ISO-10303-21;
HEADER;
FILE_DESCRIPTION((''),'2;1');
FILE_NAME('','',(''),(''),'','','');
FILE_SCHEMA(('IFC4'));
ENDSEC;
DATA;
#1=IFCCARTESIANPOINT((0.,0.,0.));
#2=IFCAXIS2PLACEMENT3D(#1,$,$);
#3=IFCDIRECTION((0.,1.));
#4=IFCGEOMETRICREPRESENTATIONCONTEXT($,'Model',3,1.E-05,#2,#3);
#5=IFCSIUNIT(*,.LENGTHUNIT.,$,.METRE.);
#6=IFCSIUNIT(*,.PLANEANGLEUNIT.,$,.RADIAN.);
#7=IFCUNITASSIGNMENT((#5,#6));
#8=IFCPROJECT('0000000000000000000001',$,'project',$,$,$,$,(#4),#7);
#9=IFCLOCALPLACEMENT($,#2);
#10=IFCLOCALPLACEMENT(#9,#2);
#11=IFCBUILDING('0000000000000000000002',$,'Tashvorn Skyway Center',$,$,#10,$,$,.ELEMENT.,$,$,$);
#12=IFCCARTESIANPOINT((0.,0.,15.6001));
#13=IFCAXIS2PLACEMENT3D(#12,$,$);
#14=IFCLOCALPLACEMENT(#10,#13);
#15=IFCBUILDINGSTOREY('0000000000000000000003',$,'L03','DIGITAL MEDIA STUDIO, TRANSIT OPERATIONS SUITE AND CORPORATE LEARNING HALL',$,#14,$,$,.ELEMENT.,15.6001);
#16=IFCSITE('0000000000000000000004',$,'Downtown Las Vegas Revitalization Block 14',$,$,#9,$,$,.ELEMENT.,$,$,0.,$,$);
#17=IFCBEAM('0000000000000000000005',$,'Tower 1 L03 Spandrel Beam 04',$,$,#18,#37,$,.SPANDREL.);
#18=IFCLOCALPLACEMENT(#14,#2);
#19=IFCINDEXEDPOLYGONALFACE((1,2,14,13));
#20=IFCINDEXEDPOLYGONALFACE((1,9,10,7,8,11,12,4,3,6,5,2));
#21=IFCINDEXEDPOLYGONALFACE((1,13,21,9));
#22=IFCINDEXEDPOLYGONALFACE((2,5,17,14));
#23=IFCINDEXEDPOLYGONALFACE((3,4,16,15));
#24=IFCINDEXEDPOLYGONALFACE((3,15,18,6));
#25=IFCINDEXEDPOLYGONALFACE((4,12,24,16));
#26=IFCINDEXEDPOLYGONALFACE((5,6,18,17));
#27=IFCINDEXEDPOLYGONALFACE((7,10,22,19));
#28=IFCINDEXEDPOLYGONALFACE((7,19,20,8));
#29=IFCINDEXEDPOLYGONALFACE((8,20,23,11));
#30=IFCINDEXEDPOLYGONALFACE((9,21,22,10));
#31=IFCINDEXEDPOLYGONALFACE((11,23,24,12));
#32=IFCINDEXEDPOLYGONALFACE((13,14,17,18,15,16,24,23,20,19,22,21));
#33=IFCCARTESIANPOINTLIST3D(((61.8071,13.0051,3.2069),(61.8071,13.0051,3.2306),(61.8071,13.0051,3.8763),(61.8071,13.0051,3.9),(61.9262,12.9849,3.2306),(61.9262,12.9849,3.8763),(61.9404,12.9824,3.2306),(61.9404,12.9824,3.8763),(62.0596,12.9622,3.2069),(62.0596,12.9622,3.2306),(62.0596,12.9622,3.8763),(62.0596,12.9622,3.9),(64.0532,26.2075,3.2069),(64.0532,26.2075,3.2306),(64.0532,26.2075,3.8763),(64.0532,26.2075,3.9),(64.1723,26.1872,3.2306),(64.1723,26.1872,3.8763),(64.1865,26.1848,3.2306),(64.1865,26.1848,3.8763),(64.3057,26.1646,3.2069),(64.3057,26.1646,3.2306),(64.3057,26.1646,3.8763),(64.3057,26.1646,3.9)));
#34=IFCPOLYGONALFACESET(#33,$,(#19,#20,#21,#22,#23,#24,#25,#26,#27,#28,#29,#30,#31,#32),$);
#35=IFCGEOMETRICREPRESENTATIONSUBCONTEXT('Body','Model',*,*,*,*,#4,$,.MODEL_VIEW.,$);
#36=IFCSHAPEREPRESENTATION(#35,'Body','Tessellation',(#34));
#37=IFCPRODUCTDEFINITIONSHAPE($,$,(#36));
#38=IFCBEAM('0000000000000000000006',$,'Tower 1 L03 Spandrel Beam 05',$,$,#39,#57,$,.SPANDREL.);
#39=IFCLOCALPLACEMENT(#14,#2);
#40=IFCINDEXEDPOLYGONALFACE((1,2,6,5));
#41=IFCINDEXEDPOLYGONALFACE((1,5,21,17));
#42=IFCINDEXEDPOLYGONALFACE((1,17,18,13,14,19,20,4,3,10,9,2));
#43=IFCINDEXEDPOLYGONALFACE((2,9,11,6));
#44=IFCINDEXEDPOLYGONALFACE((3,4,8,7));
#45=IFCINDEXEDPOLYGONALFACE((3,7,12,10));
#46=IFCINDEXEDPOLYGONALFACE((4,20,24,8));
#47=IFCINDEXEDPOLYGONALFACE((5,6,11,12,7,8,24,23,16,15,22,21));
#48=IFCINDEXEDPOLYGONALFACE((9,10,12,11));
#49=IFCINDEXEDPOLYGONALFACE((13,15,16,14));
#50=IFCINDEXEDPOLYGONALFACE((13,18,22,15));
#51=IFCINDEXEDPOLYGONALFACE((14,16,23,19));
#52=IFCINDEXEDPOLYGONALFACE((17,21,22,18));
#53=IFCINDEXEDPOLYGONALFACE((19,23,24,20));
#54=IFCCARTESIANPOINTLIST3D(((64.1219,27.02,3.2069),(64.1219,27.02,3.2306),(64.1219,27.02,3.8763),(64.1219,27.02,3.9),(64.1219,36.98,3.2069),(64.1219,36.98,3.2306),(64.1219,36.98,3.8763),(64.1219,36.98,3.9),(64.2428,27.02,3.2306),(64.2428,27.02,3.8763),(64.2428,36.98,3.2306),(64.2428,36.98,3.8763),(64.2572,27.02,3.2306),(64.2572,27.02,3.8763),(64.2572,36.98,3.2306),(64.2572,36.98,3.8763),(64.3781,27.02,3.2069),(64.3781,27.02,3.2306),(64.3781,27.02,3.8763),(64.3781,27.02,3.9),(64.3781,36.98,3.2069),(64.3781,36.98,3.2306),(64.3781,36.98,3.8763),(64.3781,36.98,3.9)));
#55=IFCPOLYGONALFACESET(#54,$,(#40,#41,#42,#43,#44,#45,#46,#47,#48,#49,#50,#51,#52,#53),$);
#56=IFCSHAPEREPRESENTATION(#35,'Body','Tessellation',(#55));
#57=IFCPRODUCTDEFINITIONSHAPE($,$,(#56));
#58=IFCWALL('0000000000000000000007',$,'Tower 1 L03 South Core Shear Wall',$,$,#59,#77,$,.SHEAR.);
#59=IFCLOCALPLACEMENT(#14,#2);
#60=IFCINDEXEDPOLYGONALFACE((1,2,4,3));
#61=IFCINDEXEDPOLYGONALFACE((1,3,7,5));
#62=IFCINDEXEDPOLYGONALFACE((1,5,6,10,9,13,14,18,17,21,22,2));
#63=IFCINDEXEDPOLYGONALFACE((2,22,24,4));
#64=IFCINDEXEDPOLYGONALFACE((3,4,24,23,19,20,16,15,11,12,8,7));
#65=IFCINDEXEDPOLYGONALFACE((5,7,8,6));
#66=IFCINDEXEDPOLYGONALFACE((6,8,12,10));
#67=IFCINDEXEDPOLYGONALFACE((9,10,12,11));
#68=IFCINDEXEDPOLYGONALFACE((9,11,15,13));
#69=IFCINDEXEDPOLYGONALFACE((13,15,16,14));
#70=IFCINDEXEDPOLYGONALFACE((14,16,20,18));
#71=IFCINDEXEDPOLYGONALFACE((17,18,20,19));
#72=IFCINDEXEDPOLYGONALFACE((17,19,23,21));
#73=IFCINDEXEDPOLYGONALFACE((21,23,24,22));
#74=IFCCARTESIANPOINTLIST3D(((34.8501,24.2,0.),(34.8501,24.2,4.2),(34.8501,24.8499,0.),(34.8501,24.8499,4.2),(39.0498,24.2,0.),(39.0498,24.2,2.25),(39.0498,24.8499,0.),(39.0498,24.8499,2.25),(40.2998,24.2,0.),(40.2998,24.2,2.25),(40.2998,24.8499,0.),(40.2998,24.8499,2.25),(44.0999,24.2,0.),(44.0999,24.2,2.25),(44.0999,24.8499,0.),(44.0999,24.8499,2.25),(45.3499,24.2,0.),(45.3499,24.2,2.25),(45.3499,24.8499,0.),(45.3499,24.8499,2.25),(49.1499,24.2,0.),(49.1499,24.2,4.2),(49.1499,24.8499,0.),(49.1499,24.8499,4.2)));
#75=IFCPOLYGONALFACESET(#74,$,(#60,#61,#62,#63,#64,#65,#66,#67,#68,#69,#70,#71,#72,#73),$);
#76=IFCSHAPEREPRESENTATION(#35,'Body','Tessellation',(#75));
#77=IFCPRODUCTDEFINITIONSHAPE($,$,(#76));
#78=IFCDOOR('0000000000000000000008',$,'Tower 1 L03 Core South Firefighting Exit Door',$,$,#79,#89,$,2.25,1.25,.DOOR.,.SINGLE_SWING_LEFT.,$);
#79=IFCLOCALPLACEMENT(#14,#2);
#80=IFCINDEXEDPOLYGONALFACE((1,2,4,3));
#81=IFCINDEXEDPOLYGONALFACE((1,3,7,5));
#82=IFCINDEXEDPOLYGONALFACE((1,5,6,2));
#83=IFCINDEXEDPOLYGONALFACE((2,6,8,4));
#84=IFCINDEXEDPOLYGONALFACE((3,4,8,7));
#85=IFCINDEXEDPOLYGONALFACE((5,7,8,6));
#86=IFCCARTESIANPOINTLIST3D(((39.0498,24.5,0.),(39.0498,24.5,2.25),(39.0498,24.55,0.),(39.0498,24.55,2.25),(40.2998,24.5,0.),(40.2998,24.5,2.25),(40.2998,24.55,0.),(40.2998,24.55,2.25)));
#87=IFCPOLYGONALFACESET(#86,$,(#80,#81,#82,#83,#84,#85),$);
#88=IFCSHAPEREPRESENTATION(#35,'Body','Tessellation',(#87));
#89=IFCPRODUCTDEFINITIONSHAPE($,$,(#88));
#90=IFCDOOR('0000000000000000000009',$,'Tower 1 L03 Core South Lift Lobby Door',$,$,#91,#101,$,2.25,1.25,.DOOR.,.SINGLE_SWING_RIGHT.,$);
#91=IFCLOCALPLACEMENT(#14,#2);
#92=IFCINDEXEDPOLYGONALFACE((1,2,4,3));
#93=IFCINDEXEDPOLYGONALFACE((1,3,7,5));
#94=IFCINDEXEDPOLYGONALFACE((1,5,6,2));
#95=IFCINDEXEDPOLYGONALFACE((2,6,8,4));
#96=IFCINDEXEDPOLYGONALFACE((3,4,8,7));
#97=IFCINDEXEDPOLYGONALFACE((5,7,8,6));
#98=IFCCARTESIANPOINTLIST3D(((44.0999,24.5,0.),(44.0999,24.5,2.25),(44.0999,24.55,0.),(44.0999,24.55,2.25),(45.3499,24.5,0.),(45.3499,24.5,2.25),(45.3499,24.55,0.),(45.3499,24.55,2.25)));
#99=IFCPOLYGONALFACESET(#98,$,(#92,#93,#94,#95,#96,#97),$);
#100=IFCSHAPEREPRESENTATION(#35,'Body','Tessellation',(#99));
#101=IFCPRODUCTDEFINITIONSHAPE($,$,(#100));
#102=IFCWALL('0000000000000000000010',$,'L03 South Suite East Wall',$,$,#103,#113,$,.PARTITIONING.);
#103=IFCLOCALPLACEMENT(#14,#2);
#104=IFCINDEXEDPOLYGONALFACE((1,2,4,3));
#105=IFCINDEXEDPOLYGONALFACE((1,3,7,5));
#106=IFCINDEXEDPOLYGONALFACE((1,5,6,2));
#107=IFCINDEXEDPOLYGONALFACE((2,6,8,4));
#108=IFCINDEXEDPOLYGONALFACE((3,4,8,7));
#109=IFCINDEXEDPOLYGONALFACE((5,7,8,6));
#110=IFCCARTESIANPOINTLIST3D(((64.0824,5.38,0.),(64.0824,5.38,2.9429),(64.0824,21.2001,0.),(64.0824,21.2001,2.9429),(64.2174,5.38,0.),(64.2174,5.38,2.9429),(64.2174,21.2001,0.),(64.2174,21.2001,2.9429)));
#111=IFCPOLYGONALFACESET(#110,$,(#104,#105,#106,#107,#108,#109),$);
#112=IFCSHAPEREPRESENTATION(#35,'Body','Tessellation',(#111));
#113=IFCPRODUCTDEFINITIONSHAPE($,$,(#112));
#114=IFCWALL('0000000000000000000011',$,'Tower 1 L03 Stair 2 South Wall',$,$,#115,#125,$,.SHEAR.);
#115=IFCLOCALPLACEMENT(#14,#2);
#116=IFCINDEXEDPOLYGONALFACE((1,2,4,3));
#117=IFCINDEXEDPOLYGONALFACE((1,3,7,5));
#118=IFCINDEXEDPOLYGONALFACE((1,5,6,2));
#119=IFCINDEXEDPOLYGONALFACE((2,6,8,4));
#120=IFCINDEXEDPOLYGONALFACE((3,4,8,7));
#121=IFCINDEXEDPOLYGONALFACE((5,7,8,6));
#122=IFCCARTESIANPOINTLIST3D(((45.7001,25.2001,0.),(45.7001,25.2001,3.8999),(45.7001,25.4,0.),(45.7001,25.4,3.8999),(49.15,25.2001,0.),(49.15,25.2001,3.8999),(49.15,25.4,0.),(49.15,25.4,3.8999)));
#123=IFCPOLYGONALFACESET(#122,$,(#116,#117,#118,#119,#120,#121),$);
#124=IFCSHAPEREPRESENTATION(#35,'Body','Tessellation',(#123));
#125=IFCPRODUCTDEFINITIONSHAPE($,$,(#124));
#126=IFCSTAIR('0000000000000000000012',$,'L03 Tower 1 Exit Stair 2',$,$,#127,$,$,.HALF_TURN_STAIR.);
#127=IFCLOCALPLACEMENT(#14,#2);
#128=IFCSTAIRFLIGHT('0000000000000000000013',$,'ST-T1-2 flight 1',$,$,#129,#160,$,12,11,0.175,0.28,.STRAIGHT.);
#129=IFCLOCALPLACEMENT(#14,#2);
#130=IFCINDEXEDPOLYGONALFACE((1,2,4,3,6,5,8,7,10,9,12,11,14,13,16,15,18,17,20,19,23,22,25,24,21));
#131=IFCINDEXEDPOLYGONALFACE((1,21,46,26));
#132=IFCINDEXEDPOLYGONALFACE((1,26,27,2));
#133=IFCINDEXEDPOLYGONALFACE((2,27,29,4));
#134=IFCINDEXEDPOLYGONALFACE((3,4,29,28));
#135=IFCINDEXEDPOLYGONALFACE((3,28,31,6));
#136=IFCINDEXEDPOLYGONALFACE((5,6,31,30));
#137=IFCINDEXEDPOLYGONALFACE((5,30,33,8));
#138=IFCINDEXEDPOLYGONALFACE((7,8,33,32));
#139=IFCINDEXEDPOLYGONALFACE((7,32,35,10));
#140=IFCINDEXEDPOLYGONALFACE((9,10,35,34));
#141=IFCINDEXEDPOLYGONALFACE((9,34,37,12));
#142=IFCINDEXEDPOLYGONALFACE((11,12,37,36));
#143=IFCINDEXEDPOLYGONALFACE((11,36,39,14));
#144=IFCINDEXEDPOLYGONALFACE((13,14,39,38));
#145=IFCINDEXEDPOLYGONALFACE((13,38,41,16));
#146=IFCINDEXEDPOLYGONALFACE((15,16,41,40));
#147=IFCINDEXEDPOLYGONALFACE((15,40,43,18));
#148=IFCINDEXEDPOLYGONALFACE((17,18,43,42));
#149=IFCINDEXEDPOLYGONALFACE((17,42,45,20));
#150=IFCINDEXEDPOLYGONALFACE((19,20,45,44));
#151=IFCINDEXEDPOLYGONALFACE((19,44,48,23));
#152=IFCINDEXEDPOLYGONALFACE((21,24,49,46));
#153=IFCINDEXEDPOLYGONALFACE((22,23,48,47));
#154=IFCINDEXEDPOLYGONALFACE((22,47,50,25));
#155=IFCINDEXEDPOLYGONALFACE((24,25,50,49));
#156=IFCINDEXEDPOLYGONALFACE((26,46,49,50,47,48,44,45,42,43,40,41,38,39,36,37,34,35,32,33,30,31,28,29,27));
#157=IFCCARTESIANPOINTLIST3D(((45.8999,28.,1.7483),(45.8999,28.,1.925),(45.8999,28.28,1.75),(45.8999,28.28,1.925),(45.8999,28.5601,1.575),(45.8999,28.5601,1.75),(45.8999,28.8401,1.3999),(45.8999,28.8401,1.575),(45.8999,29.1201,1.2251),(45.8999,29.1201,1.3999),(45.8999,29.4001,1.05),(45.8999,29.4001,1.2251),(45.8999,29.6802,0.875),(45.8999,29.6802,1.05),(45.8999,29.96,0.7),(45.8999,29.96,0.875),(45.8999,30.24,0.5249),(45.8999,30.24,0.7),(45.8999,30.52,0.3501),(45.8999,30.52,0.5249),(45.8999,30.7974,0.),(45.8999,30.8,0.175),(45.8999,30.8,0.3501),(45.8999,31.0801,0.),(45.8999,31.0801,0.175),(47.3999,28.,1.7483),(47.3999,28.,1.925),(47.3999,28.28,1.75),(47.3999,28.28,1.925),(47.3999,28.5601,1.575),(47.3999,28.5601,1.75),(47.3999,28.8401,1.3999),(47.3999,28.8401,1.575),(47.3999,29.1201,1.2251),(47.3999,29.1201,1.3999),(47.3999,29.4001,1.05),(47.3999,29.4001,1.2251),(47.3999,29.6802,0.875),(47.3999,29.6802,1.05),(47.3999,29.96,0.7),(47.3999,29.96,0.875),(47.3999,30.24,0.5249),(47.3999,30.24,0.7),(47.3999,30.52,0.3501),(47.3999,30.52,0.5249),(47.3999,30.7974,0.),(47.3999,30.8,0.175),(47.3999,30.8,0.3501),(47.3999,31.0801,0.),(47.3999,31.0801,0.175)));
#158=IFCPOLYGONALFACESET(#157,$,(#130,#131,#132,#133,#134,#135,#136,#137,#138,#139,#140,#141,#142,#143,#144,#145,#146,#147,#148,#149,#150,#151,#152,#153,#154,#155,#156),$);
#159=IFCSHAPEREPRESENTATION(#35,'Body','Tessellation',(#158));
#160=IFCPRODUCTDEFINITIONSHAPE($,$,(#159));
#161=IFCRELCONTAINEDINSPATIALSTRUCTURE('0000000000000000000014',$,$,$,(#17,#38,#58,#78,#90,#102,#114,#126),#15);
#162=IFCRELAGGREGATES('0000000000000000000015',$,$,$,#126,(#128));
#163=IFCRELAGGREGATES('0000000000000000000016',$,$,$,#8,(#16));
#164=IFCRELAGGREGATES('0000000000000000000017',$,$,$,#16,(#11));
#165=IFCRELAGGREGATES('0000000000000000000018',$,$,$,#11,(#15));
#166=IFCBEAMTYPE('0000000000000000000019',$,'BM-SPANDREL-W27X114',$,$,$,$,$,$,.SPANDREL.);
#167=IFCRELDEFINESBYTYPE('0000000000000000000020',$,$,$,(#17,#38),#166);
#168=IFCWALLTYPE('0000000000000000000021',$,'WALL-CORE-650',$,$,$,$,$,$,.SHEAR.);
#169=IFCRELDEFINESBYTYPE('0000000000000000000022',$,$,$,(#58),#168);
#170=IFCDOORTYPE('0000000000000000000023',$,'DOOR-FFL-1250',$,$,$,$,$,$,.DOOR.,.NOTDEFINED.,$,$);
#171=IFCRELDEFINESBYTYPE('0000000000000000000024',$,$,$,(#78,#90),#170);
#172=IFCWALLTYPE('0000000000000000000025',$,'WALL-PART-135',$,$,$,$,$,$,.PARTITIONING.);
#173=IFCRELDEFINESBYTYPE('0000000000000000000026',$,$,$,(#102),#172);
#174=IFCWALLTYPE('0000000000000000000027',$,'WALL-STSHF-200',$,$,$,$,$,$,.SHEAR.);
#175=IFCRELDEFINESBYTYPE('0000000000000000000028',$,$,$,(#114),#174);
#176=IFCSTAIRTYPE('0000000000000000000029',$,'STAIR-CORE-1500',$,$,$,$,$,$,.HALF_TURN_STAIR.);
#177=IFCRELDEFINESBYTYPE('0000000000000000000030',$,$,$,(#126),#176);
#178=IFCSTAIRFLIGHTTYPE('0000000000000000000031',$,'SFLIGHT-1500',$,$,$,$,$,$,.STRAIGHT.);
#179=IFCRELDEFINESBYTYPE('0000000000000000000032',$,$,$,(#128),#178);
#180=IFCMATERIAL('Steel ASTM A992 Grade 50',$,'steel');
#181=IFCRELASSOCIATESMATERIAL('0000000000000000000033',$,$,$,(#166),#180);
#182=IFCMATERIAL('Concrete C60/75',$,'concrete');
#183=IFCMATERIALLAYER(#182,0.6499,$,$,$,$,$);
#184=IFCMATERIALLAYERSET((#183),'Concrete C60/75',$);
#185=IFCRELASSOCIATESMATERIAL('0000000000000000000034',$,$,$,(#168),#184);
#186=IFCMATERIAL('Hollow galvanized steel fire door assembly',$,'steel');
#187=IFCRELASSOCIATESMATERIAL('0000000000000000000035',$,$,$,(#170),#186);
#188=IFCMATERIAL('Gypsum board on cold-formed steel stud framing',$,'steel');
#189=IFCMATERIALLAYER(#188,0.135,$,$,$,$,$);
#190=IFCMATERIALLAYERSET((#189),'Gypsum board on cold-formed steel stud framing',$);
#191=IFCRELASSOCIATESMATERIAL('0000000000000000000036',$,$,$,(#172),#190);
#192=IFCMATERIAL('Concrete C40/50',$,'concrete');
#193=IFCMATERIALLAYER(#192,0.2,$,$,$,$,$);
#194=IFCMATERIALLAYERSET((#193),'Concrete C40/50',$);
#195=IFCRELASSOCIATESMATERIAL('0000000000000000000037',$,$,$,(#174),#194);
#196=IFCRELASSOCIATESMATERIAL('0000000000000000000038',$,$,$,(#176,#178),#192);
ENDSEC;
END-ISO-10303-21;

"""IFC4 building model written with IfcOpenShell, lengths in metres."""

from ifc_helpers import new_model, si_unit, direction, frame, frame_2d, origin, origin_2d, place, context, subcontext, project, spatial, polyline, rectangle, i_section, outline, extrude, material, layer, layer_set, material_profile, profile_set, type_object, element, fill, aggregate, save


model = new_model("IFC4")

# Units and contexts
model_context = context("Model", 3, precision=1e-05, world=origin(), true_north=direction((0.0, 1.0)))
body_context = subcontext(model_context, "Body", "Model", "MODEL_VIEW")
ifc_project = project(units=[si_unit("LENGTHUNIT", "METRE"), si_unit("PLANEANGLEUNIT", "RADIAN")], contexts=[model_context])

# Site, building, storey
site_placement = place(None, origin())
site = spatial("IfcSite", under=ifc_project, at=site_placement, Name="Downtown Las Vegas Revitalization Block 14", CompositionType="ELEMENT", RefElevation=0.0)
building_placement = place(site_placement, origin())
building = spatial("IfcBuilding", under=site, at=building_placement, Name="Tashvorn Skyway Center", CompositionType="ELEMENT")
storey_placement = place(building_placement, frame((0.0, 0.0, 15.6001)))
storey = spatial("IfcBuildingStorey", under=building, at=storey_placement, Name="L03", Description="DIGITAL MEDIA STUDIO, TRANSIT OPERATIONS SUITE AND CORPORATE LEARNING HALL", CompositionType="ELEMENT", Elevation=15.6001)

# Beams
ifc_material_1 = material(Name="Steel ASTM A992 Grade 50", Category="steel")
ifc_material_profile_1 = material_profile(ifc_material_1, i_section(OverallWidth=0.2561, OverallDepth=0.6931, WebThickness=0.0144, FlangeThickness=0.0237, at=origin_2d()), Name="W27X114")
ifc_profile_set_1 = profile_set([ifc_material_profile_1], Name="Steel ASTM A992 Grade 50")
beam_type_1 = type_object("IfcBeamType", Name="BM-SPANDREL-W27X114", PredefinedType="SPANDREL", material=ifc_profile_set_1)
for number, where, z_axis, x_axis, name in (
    (1, (61.9333, 12.9836, 3.5535), (0.167718, 0.985835, 0.0), (-0.985835, 0.167718, 0.0), "Tower 1 L03 Spandrel Beam 04"),
):
    element("IfcBeam", number, at=place(storey_placement, frame(where, z_axis=z_axis, x_axis=x_axis)), inside=storey, type_object=beam_type_1, Name=name, PredefinedType="SPANDREL", context=body_context, shape_type="SweptSolid", body=[
        extrude(i_section(OverallWidth=0.2561, OverallDepth=0.6931, WebThickness=0.0144, FlangeThickness=0.0237, at=origin_2d()), origin(), (0.0, 0.0, 1.0), 13.3921),
    ])
beam_1_placement = place(storey_placement, frame((64.25, 27.02, 3.5535), z_axis=(0.0, 1.0, 0.0), x_axis=(-1.0, 0.0, 0.0)))
element("IfcBeam", 2, at=beam_1_placement, inside=storey, type_object=beam_type_1, Name="Tower 1 L03 Spandrel Beam 05", PredefinedType="SPANDREL", context=body_context, shape_type="SweptSolid", body=[
    extrude(i_section(OverallWidth=0.2561, OverallDepth=0.6931, WebThickness=0.0144, FlangeThickness=0.0237, at=origin_2d()), origin(), (0.0, 0.0, 1.0), 9.96),
])

# Wall, openings, doors
ifc_material_2 = material(Name="Concrete C60/75", Category="concrete")
ifc_layer_1 = layer(ifc_material_2, 0.6499)
ifc_layer_set_1 = layer_set([ifc_layer_1], Name="Concrete C60/75")
wall_type_1 = type_object("IfcWallType", Name="WALL-CORE-650", PredefinedType="SHEAR", material=ifc_layer_set_1)
wall_1_placement = place(storey_placement, frame((49.1499, 24.5249, 0.0), z_axis=(0.0, 0.0, 1.0), x_axis=(-1.0, 0.0, 0.0)))
wall_1 = element("IfcWall", 3, at=wall_1_placement, inside=storey, type_object=wall_type_1, Name="Tower 1 L03 South Core Shear Wall", PredefinedType="SHEAR", context=body_context, shape_type="SweptSolid", body=[
    extrude(rectangle(XDim=14.2998, YDim=0.6499, at=frame_2d((7.1499, 0.0))), origin(), (0.0, 0.0, 1.0), 4.2),
])
opening_1_placement = place(wall_1_placement, frame((8.8501, 0.0, 0.0)))
opening_1 = element("IfcOpeningElement", 4, at=opening_1_placement, cuts=wall_1, PredefinedType="OPENING", context=body_context, shape_type="SweptSolid", body=[
    extrude(rectangle(XDim=1.25, YDim=2.25, at=frame_2d((0.625, 1.125))), frame((0.0, 0.335, 0.0), z_axis=(0.0, -1.0, 0.0), x_axis=(1.0, 0.0, 0.0)), (0.0, 0.0, 1.0), 0.6699),
])
opening_2_placement = place(wall_1_placement, frame((3.8, 0.0, 0.0)))
opening_2 = element("IfcOpeningElement", 5, at=opening_2_placement, cuts=wall_1, PredefinedType="OPENING", context=body_context, shape_type="SweptSolid", body=[
    extrude(rectangle(XDim=1.25, YDim=2.25, at=frame_2d((0.625, 1.125))), frame((0.0, 0.335, 0.0), z_axis=(0.0, -1.0, 0.0), x_axis=(1.0, 0.0, 0.0)), (0.0, 0.0, 1.0), 0.6699),
])
ifc_material_3 = material(Name="Hollow galvanized steel fire door assembly", Category="steel")
door_type = type_object("IfcDoorType", Name="DOOR-FFL-1250", OperationType="NOTDEFINED", PredefinedType="DOOR", material=ifc_material_3)
door_1_placement = place(opening_1_placement, origin())
door_1 = element("IfcDoor", 6, at=door_1_placement, inside=storey, type_object=door_type, Name="Tower 1 L03 Core South Firefighting Exit Door", OperationType="SINGLE_SWING_LEFT", OverallHeight=2.25, OverallWidth=1.25, PredefinedType="DOOR", context=body_context, shape_type="SweptSolid", body=[
    extrude(rectangle(XDim=1.25, YDim=2.25, at=frame_2d((0.625, 1.125))), frame((0.0, 0.0249, 0.0), z_axis=(0.0, -1.0, 0.0), x_axis=(1.0, 0.0, 0.0)), (0.0, 0.0, 1.0), 0.05),
])
fill(opening_1, door_1)
door_2_placement = place(opening_2_placement, origin())
door_2 = element("IfcDoor", 7, at=door_2_placement, inside=storey, type_object=door_type, Name="Tower 1 L03 Core South Lift Lobby Door", OperationType="SINGLE_SWING_RIGHT", OverallHeight=2.25, OverallWidth=1.25, PredefinedType="DOOR", context=body_context, shape_type="SweptSolid", body=[
    extrude(rectangle(XDim=1.25, YDim=2.25, at=frame_2d((0.625, 1.125))), frame((0.0, 0.0249, 0.0), z_axis=(0.0, -1.0, 0.0), x_axis=(1.0, 0.0, 0.0)), (0.0, 0.0, 1.0), 0.05),
])
fill(opening_2, door_2)

# Walls
ifc_material_4 = material(Name="Gypsum board on cold-formed steel stud framing", Category="steel")
ifc_layer_2 = layer(ifc_material_4, 0.135)
ifc_layer_set_2 = layer_set([ifc_layer_2], Name="Gypsum board on cold-formed steel stud framing")
wall_type_2 = type_object("IfcWallType", Name="WALL-PART-135", PredefinedType="PARTITIONING", material=ifc_layer_set_2)
wall_2_placement = place(storey_placement, frame((64.1499, 5.3799, 0.0), z_axis=(0.0, 0.0, 1.0), x_axis=(0.0, 1.0, 0.0)))
element("IfcWall", 8, at=wall_2_placement, inside=storey, type_object=wall_type_2, Name="L03 South Suite East Wall", PredefinedType="PARTITIONING", context=body_context, shape_type="SweptSolid", body=[
    extrude(rectangle(XDim=15.8201, YDim=0.135, at=frame_2d((7.9102, 0.0))), origin(), (0.0, 0.0, 1.0), 2.9429),
])
ifc_material_5 = material(Name="Concrete C40/50", Category="concrete")
ifc_layer_3 = layer(ifc_material_5, 0.2)
ifc_layer_set_3 = layer_set([ifc_layer_3], Name="Concrete C40/50")
wall_type_3 = type_object("IfcWallType", Name="WALL-STSHF-200", PredefinedType="SHEAR", material=ifc_layer_set_3)
wall_3_placement = place(storey_placement, frame((45.7, 25.3, 0.0), z_axis=(0.0, 0.0, 1.0), x_axis=(1.0, 0.0, 0.0)))
element("IfcWall", 9, at=wall_3_placement, inside=storey, type_object=wall_type_3, Name="Tower 1 L03 Stair 2 South Wall", PredefinedType="SHEAR", context=body_context, shape_type="SweptSolid", body=[
    extrude(rectangle(XDim=3.45, YDim=0.2, at=frame_2d((1.7251, 0.0))), origin(), (0.0, 0.0, 1.0), 3.8999),
])

# Stair, stair flight
stair_type = type_object("IfcStairType", Name="STAIR-CORE-1500", PredefinedType="HALF_TURN_STAIR", material=ifc_material_5)
stair_placement = place(storey_placement, origin())
stair = element("IfcStair", 10, at=stair_placement, inside=storey, type_object=stair_type, Name="L03 Tower 1 Exit Stair 2", PredefinedType="HALF_TURN_STAIR")
stair_flight_type = type_object("IfcStairFlightType", Name="SFLIGHT-1500", PredefinedType="STRAIGHT", material=ifc_material_5)
stair_flight_1_placement = place(storey_placement, frame((46.6499, 31.0801, 0.0), z_axis=(0.0, 0.0, 1.0), x_axis=(0.0, -1.0, 0.0)))
stair_flight_1 = element("IfcStairFlight", 11, at=stair_flight_1_placement, type_object=stair_flight_type, Name="ST-T1-2 flight 1", NumberOfRisers=12, NumberOfTreads=11, PredefinedType="STRAIGHT", RiserHeight=0.175, TreadLength=0.28, context=body_context, shape_type="SweptSolid", body=[
    extrude(outline(polyline([(0.0, 0.0), (0.0, 0.175), (0.28, 0.175), (0.28, 0.3501), (0.5601, 0.3501), (0.5601, 0.5249), (0.8401, 0.5249), (0.8401, 0.7), (1.1201, 0.7), (1.1201, 0.875), (1.3999, 0.875), (1.3999, 1.05), (1.6799, 1.05), (1.6799, 1.2251), (1.96, 1.2251), (1.96, 1.3999), (2.24, 1.3999), (2.24, 1.575), (2.52, 1.575), (2.52, 1.75), (2.8, 1.75), (2.8, 1.925), (3.0801, 1.925), (3.0801, 2.1001), (3.0801, 1.7483), (0.2827, 0.0), (0.0, 0.0)])), frame((0.0, 0.75, 0.0), z_axis=(0.0, -1.0, 0.0), x_axis=(1.0, 0.0, 0.0)), (0.0, 0.0, 1.0), 1.5),
])
aggregate(stair, [stair_flight_1])

save(model, "model.ifc")
